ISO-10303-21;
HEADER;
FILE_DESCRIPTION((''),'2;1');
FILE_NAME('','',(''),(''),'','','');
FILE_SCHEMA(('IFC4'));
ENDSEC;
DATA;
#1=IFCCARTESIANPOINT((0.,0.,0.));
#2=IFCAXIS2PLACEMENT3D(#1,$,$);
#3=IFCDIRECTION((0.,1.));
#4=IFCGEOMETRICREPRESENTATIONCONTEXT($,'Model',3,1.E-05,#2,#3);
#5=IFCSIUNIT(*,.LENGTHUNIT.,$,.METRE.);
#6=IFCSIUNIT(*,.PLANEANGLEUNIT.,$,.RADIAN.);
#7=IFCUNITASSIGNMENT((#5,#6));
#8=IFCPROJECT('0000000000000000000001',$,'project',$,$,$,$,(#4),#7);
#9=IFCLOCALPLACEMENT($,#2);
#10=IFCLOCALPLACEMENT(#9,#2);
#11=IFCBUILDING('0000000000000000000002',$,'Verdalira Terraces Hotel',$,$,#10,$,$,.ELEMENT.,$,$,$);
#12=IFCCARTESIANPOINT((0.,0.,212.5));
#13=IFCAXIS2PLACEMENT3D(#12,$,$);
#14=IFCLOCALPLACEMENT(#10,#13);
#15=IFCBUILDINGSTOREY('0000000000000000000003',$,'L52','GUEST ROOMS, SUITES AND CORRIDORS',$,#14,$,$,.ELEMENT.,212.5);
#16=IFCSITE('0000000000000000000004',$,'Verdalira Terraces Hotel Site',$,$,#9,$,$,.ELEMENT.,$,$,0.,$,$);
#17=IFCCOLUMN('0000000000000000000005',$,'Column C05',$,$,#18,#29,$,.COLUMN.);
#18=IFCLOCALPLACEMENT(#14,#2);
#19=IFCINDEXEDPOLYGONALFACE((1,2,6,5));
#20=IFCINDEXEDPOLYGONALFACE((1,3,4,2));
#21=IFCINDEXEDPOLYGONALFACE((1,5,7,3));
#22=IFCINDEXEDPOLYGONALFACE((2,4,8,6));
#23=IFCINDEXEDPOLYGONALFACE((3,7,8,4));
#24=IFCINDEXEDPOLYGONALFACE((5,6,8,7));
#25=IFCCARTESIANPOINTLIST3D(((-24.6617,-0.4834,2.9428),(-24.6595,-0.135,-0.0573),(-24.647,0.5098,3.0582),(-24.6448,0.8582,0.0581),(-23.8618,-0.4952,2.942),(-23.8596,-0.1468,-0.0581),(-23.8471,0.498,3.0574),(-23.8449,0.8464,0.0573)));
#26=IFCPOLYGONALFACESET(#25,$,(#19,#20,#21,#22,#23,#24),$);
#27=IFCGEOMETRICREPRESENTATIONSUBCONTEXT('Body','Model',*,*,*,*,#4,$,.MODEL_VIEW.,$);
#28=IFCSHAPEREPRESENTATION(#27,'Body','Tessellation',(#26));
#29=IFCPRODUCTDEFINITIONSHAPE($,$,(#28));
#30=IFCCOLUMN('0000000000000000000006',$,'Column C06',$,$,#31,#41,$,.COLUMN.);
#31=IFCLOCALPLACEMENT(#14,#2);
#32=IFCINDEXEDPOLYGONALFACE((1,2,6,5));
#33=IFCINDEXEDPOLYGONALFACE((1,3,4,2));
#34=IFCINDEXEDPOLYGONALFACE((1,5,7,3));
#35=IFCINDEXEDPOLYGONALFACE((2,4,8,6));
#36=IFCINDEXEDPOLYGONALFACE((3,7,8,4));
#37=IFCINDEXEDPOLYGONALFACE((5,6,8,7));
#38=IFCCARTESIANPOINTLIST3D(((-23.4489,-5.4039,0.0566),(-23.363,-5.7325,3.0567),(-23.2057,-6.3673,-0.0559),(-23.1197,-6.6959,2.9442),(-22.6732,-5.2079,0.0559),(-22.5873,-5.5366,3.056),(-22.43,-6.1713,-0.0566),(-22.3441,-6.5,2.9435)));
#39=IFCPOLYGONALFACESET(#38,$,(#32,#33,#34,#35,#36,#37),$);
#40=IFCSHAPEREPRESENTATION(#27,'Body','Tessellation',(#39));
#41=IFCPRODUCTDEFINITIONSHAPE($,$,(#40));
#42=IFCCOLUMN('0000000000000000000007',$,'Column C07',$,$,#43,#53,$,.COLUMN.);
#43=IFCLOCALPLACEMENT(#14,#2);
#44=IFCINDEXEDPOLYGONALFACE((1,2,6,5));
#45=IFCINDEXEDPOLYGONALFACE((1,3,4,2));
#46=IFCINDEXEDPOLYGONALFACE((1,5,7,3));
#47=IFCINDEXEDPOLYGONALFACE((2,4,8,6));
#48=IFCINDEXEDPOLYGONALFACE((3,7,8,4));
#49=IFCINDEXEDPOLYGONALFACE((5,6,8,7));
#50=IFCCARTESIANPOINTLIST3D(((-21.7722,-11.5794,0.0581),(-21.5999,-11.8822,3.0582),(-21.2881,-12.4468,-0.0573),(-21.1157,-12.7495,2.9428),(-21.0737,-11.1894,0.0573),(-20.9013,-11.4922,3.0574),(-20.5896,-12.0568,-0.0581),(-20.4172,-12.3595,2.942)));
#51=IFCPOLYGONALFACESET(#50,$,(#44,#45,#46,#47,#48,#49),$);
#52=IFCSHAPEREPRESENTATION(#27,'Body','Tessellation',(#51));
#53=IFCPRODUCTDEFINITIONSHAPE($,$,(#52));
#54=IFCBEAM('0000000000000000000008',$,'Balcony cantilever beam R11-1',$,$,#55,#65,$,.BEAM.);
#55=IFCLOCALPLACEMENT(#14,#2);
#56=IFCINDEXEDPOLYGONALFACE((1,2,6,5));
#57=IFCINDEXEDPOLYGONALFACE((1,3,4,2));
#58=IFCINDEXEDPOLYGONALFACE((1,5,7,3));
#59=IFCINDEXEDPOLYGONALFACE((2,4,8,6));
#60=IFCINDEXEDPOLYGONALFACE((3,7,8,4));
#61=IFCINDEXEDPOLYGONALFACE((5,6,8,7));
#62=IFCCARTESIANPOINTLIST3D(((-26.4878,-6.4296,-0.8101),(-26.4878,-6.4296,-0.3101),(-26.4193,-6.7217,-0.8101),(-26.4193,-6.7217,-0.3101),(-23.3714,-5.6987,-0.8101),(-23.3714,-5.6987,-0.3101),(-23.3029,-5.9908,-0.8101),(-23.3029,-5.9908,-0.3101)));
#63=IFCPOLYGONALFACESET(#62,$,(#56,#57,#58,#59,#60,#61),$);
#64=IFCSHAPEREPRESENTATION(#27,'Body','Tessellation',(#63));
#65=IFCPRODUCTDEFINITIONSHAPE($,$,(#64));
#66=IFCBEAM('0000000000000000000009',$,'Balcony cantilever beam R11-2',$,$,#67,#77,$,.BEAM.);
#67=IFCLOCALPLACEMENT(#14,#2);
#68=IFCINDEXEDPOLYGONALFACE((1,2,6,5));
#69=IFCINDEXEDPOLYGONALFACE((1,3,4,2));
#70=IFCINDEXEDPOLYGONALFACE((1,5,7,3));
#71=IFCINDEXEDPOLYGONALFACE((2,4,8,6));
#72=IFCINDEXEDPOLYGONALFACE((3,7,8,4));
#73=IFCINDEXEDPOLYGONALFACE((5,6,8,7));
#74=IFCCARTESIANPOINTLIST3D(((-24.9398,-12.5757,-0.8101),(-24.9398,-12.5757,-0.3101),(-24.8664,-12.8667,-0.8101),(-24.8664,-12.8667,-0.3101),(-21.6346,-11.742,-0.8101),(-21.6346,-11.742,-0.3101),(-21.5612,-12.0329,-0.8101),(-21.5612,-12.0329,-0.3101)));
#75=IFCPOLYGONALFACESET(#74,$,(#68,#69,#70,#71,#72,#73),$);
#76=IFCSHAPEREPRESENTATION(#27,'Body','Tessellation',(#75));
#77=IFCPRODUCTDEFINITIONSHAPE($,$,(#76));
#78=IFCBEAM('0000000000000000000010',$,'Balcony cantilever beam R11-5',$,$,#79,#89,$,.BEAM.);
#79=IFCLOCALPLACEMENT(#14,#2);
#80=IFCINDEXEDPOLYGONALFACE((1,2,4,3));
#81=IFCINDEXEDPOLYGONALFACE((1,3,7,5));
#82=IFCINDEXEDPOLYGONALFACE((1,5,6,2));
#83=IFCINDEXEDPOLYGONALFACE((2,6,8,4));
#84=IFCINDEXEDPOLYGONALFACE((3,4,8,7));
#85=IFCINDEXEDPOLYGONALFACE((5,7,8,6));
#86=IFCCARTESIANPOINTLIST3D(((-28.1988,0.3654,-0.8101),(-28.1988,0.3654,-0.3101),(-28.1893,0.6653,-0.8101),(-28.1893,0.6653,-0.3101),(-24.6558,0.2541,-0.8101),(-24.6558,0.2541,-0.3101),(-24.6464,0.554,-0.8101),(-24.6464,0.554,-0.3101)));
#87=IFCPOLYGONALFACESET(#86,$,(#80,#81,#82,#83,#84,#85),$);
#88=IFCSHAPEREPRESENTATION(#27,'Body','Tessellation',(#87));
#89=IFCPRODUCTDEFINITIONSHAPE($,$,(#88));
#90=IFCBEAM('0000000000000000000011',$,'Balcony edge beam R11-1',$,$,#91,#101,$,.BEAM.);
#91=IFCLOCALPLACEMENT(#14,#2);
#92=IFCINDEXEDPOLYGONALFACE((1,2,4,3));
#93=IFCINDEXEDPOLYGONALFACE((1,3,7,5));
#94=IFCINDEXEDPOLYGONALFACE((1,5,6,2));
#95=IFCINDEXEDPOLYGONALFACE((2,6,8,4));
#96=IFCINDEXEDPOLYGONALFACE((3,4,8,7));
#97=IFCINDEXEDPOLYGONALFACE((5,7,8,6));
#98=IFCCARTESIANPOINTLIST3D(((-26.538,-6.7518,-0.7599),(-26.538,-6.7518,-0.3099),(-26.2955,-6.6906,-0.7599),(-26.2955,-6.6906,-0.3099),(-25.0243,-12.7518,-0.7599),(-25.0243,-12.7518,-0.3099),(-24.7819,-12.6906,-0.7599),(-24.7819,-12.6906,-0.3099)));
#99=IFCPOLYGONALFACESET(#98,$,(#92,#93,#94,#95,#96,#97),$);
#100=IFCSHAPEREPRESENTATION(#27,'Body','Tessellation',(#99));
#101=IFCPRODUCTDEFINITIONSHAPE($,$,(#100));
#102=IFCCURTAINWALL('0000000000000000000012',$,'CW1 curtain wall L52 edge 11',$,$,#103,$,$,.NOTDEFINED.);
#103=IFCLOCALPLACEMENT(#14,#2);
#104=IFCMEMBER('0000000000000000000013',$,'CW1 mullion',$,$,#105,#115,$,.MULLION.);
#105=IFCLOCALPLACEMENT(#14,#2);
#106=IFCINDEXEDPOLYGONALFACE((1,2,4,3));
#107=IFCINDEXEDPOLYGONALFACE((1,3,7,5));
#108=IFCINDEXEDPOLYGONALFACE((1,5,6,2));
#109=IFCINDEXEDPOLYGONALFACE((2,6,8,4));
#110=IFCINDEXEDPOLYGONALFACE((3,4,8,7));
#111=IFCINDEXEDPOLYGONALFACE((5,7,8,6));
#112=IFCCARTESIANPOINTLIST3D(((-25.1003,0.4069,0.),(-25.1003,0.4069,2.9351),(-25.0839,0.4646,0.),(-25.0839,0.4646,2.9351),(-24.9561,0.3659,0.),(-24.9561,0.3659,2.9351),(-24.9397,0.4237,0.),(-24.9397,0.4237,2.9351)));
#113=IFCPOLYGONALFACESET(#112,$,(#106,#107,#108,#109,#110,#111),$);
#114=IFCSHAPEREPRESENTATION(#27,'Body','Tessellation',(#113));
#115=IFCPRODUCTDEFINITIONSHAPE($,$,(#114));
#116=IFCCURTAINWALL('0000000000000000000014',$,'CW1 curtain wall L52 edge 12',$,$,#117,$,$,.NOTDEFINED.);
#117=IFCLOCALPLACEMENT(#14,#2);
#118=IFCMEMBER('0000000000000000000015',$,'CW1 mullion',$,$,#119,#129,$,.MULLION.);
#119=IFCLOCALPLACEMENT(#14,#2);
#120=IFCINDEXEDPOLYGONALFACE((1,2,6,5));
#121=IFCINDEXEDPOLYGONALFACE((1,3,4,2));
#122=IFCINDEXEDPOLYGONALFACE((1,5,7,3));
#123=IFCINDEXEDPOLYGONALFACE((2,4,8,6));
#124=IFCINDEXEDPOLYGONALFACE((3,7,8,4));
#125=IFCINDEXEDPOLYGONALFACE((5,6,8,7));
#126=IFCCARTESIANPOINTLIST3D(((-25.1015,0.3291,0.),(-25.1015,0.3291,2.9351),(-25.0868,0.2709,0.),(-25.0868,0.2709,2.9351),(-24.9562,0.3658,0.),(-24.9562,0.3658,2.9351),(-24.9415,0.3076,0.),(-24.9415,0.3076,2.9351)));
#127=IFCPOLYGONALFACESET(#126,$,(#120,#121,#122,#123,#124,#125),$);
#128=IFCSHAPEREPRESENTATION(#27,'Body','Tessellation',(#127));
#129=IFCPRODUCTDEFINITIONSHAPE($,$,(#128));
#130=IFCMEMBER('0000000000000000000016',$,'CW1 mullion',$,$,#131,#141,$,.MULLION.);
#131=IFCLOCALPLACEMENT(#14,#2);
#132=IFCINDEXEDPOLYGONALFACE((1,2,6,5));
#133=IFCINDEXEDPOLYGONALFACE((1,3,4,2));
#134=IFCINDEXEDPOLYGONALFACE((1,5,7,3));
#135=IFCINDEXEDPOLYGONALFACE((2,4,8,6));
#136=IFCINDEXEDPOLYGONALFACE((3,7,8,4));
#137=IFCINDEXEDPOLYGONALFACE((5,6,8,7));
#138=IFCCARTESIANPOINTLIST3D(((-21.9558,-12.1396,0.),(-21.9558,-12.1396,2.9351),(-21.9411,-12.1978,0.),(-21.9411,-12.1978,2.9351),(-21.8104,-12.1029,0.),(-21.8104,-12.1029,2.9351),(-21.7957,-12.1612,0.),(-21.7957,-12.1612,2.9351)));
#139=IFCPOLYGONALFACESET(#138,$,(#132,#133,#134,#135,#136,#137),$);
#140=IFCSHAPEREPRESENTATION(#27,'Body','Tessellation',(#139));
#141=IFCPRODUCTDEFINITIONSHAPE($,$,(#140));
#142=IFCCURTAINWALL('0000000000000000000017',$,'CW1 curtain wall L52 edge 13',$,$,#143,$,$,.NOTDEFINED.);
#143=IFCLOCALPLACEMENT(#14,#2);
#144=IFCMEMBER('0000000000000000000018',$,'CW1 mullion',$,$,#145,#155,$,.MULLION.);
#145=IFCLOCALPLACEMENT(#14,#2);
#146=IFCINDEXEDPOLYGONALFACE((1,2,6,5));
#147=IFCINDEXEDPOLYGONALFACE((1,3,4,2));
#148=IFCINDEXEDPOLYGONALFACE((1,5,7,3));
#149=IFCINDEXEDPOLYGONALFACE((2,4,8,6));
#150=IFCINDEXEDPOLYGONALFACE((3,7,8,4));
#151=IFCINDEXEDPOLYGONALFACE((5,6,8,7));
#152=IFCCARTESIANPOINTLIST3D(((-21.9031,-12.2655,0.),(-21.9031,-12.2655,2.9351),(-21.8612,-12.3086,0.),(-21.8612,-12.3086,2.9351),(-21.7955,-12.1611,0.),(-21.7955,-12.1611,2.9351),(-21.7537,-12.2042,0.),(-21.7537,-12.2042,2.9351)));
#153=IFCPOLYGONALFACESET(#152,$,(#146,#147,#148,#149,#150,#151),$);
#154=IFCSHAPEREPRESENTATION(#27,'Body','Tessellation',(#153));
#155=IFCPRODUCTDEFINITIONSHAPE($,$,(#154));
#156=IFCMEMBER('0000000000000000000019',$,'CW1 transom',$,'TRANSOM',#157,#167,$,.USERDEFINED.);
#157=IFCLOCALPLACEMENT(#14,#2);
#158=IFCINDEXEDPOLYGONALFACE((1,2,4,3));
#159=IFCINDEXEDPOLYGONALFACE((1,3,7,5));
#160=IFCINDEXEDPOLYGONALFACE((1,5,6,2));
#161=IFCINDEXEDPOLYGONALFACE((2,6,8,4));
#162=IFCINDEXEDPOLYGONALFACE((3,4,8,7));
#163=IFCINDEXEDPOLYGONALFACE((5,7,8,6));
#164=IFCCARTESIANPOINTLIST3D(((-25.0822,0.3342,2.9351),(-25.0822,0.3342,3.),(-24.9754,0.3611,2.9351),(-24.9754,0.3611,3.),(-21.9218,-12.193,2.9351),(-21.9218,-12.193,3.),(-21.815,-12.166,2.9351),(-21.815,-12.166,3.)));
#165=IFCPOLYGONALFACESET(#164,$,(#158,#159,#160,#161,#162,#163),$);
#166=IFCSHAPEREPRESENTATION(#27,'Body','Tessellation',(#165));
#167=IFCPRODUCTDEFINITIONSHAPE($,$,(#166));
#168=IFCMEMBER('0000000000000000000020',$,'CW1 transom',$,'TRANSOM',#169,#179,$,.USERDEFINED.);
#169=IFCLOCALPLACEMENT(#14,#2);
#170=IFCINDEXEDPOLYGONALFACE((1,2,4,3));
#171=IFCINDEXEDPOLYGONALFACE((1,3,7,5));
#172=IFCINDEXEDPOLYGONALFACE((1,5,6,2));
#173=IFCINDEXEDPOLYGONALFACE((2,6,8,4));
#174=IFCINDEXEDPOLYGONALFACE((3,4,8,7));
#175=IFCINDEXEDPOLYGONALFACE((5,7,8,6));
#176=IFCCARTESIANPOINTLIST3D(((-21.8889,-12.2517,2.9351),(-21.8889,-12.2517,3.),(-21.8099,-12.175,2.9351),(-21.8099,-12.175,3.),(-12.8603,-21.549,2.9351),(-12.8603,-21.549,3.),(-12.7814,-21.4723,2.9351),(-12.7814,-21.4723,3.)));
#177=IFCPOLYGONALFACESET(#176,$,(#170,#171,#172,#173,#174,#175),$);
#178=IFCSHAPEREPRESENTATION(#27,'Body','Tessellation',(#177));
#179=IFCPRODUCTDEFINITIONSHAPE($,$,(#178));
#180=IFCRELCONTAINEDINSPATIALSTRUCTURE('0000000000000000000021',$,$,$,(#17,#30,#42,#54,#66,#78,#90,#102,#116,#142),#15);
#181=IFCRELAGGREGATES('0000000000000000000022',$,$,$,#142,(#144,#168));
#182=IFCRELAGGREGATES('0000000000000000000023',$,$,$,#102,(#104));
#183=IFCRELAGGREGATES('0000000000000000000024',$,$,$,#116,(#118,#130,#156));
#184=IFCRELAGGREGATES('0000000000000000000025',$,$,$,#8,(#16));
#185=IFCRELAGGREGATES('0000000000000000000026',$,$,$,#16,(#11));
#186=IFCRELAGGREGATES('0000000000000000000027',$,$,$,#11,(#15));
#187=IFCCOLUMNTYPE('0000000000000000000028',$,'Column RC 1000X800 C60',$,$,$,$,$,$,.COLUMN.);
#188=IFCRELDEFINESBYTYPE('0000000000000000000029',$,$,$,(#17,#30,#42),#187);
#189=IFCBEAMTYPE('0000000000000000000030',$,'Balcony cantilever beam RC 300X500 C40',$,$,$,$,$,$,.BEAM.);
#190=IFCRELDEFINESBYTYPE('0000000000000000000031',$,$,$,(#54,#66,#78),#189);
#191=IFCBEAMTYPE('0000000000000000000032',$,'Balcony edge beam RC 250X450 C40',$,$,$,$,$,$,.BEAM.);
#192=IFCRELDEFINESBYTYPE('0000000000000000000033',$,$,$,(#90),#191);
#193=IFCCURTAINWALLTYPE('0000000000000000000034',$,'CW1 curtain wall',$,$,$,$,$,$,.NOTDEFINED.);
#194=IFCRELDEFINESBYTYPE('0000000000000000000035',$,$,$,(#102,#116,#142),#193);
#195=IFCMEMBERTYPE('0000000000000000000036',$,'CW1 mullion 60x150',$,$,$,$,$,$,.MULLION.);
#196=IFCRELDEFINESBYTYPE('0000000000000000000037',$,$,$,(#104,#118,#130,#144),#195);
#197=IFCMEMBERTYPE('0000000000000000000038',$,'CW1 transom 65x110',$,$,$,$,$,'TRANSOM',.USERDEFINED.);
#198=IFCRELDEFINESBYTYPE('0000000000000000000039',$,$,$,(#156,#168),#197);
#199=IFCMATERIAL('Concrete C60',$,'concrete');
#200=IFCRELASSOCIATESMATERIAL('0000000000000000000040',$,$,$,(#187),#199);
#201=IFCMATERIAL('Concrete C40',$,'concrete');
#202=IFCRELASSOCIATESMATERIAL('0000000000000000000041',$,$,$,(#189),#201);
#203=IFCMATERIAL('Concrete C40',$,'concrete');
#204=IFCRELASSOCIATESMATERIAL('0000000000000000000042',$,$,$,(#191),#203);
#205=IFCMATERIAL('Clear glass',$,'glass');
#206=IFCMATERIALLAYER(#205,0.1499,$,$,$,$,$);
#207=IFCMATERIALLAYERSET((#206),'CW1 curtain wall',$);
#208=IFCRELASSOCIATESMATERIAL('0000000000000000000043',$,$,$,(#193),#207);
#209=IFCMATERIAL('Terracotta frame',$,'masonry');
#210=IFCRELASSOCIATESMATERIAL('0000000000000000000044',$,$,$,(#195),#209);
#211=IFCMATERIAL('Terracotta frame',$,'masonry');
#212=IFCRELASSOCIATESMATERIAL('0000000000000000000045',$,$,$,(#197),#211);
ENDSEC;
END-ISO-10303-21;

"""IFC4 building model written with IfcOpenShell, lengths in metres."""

from ifc_helpers import new_model, si_unit, direction, frame, origin, origin_2d, place, context, subcontext, project, spatial, rectangle, extrude, material, layer, layer_set, material_profile, profile_set, type_object, element, aggregate, save


model = new_model("IFC4")

# Units and contexts
model_context = context("Model", 3, precision=1e-05, world=origin(), true_north=direction((0.0, 1.0)))
body_context = subcontext(model_context, "Body", "Model", "MODEL_VIEW")
ifc_project = project(units=[si_unit("LENGTHUNIT", "METRE"), si_unit("PLANEANGLEUNIT", "RADIAN")], contexts=[model_context])

# Site, building, storey
site_placement = place(None, origin())
site = spatial("IfcSite", under=ifc_project, at=site_placement, Name="Verdalira Terraces Hotel Site", CompositionType="ELEMENT", RefElevation=0.0)
building_placement = place(site_placement, origin())
building = spatial("IfcBuilding", under=site, at=building_placement, Name="Verdalira Terraces Hotel", CompositionType="ELEMENT")
storey_placement = place(building_placement, frame((0.0, 0.0, 212.5)))
storey = spatial("IfcBuildingStorey", under=building, at=storey_placement, Name="L52", Description="GUEST ROOMS, SUITES AND CORRIDORS", CompositionType="ELEMENT", Elevation=212.5)

# Columns
ifc_material_1 = material(Name="Concrete C60", Category="concrete")
ifc_material_profile_1 = material_profile(ifc_material_1, rectangle(XDim=1.0, YDim=0.8, at=origin_2d()), Name="RC 1000X800")
ifc_profile_set_1 = profile_set([ifc_material_profile_1], Name="Concrete C60")
column_type = type_object("IfcColumnType", Name="Column RC 1000X800 C60", PredefinedType="COLUMN", material=ifc_profile_set_1)
column_1_placement = place(storey_placement, frame((-24.2522, 0.3557, 0.0), z_axis=(-0.000728, -0.115354, 0.993324), x_axis=(0.014698, 0.993216, 0.115352)))
element("IfcColumn", 1, at=column_1_placement, inside=storey, type_object=column_type, Name="Column C05", PredefinedType="COLUMN", context=body_context, shape_type="SweptSolid", body=[
    extrude(rectangle(XDim=1.0, YDim=0.8, at=origin_2d()), origin(), (0.0, 0.0, 1.0), 3.0203),
])
column_2_placement = place(storey_placement, frame((-22.9395, -5.7876, 0.0), z_axis=(0.028464, -0.108842, 0.993651), x_axis=(0.243235, -0.963421, -0.112499)))
element("IfcColumn", 2, at=column_2_placement, inside=storey, type_object=column_type, Name="Column C06", PredefinedType="COLUMN", context=body_context, shape_type="SweptSolid", body=[
    extrude(rectangle(XDim=1.0, YDim=0.8, at=origin_2d()), origin(), (0.0, 0.0, 1.0), 3.0193),
])
column_3_placement = place(storey_placement, frame((-21.1809, -11.8181, 0.0), z_axis=(0.057071, -0.100238, 0.993325), x_axis=(-0.484131, 0.86736, 0.115342)))
element("IfcColumn", 3, at=column_3_placement, inside=storey, type_object=column_type, Name="Column C07", PredefinedType="COLUMN", context=body_context, shape_type="SweptSolid", body=[
    extrude(rectangle(XDim=1.0, YDim=0.8, at=origin_2d()), origin(), (0.0, 0.0, 1.0), 3.0203),
])

# Beams
ifc_material_2 = material(Name="Concrete C40", Category="concrete")
ifc_material_profile_2 = material_profile(ifc_material_2, rectangle(XDim=0.3, YDim=0.5, at=origin_2d()), Name="RC 300X500")
ifc_profile_set_2 = profile_set([ifc_material_profile_2], Name="Concrete C40")
beam_type_1 = type_object("IfcBeamType", Name="Balcony cantilever beam RC 300X500 C40", PredefinedType="BEAM", material=ifc_profile_set_2)
beam_1_placement = place(storey_placement, frame((-23.3372, -5.8447, -0.5601), z_axis=(-0.973579, -0.228351, 0.0), x_axis=(0.228351, -0.973579, 0.0)))
element("IfcBeam", 4, at=beam_1_placement, inside=storey, type_object=beam_type_1, Name="Balcony cantilever beam R11-1", PredefinedType="BEAM", context=body_context, shape_type="SweptSolid", body=[
    extrude(rectangle(XDim=0.3, YDim=0.5, at=origin_2d()), origin(), (0.0, 0.0, 1.0), 3.2009),
])
beam_2_placement = place(storey_placement, frame((-21.5979, -11.8875, -0.5601), z_axis=(-0.969626, -0.244591, 0.0), x_axis=(0.244591, -0.969626, 0.0)))
element("IfcBeam", 5, at=beam_2_placement, inside=storey, type_object=beam_type_1, Name="Balcony cantilever beam R11-2", PredefinedType="BEAM", context=body_context, shape_type="SweptSolid", body=[
    extrude(rectangle(XDim=0.3, YDim=0.5, at=origin_2d()), origin(), (0.0, 0.0, 1.0), 3.4087),
])
beam_3_placement = place(storey_placement, frame((-24.6511, 0.4041, -0.5601), z_axis=(-0.999507, 0.031407, 0.0), x_axis=(-0.031407, -0.999507, 0.0)))
element("IfcBeam", 6, at=beam_3_placement, inside=storey, type_object=beam_type_1, Name="Balcony cantilever beam R11-5", PredefinedType="BEAM", context=body_context, shape_type="SweptSolid", body=[
    extrude(rectangle(XDim=0.3, YDim=0.5, at=origin_2d()), origin(), (0.0, 0.0, 1.0), 3.5447),
])
ifc_material_3 = material(Name="Concrete C40", Category="concrete")
ifc_material_profile_3 = material_profile(ifc_material_3, rectangle(XDim=0.25, YDim=0.45, at=origin_2d()), Name="RC 250X450")
ifc_profile_set_3 = profile_set([ifc_material_profile_3], Name="Concrete C40")
beam_type_2 = type_object("IfcBeamType", Name="Balcony edge beam RC 250X450 C40", PredefinedType="BEAM", material=ifc_profile_set_3)
beam_4_placement = place(storey_placement, frame((-26.4167, -6.7212, -0.5349), z_axis=(0.244615, -0.96962, 0.0), x_axis=(0.96962, 0.244615, 0.0)))
element("IfcBeam", 7, at=beam_4_placement, inside=storey, type_object=beam_type_2, Name="Balcony edge beam R11-1", PredefinedType="BEAM", context=body_context, shape_type="SweptSolid", body=[
    extrude(rectangle(XDim=0.25, YDim=0.45, at=origin_2d()), origin(), (0.0, 0.0, 1.0), 6.188),
])

# Curtain wall, member
ifc_material_4 = material(Name="Clear glass", Category="glass")
ifc_layer_1 = layer(ifc_material_4, 0.1499)
ifc_layer_set_1 = layer_set([ifc_layer_1], Name="CW1 curtain wall")
curtain_wall_type = type_object("IfcCurtainWallType", Name="CW1 curtain wall", PredefinedType="NOTDEFINED", material=ifc_layer_set_1)
curtain_wall_1_placement = place(storey_placement, origin())
curtain_wall_1 = element("IfcCurtainWall", 8, at=curtain_wall_1_placement, inside=storey, type_object=curtain_wall_type, Name="CW1 curtain wall L52 edge 11", PredefinedType="NOTDEFINED")
ifc_material_5 = material(Name="Terracotta frame", Category="masonry")
ifc_material_profile_4 = material_profile(ifc_material_5, rectangle(XDim=0.0601, YDim=0.1499, at=origin_2d()), Name="MU 60x150")
ifc_profile_set_4 = profile_set([ifc_material_profile_4], Name="Terracotta frame")
member_type_1 = type_object("IfcMemberType", Name="CW1 mullion 60x150", PredefinedType="MULLION", material=ifc_profile_set_4)
member_1_placement = place(storey_placement, frame((-25.02, 0.4153, 0.0), z_axis=(0.0, 0.0, 1.0), x_axis=(-0.272952, -0.962028, 0.0)))
member_1 = element("IfcMember", 9, at=member_1_placement, type_object=member_type_1, Name="CW1 mullion", PredefinedType="MULLION", context=body_context, shape_type="SweptSolid", body=[
    extrude(rectangle(XDim=0.0601, YDim=0.1499, at=origin_2d()), origin(), (0.0, 0.0, 1.0), 2.9351),
])

# Curtain wall, members
curtain_wall_2_placement = place(storey_placement, origin())
curtain_wall_2 = element("IfcCurtainWall", 10, at=curtain_wall_2_placement, inside=storey, type_object=curtain_wall_type, Name="CW1 curtain wall L52 edge 12", PredefinedType="NOTDEFINED")
member_2_placement = place(storey_placement, frame((-25.0215, 0.3184, 0.0), z_axis=(0.0, 0.0, 1.0), x_axis=(0.244631, -0.969616, 0.0)))
member_2 = element("IfcMember", 11, at=member_2_placement, type_object=member_type_1, Name="CW1 mullion", PredefinedType="MULLION", context=body_context, shape_type="SweptSolid", body=[
    extrude(rectangle(XDim=0.0601, YDim=0.1499, at=origin_2d()), origin(), (0.0, 0.0, 1.0), 2.9351),
])
member_3_placement = place(storey_placement, frame((-21.8757, -12.1504, 0.0), z_axis=(0.0, 0.0, 1.0), x_axis=(0.244631, -0.969616, 0.0)))
member_3 = element("IfcMember", 12, at=member_3_placement, type_object=member_type_1, Name="CW1 mullion", PredefinedType="MULLION", context=body_context, shape_type="SweptSolid", body=[
    extrude(rectangle(XDim=0.0601, YDim=0.1499, at=origin_2d()), origin(), (0.0, 0.0, 1.0), 2.9351),
])

# Curtain wall, member
curtain_wall_3_placement = place(storey_placement, origin())
curtain_wall_3 = element("IfcCurtainWall", 13, at=curtain_wall_3_placement, inside=storey, type_object=curtain_wall_type, Name="CW1 curtain wall L52 edge 13", PredefinedType="NOTDEFINED")
member_4_placement = place(storey_placement, frame((-21.8284, -12.2349, 0.0), z_axis=(0.0, 0.0, 1.0), x_axis=(0.696664, -0.717397, 0.0)))
member_4 = element("IfcMember", 14, at=member_4_placement, type_object=member_type_1, Name="CW1 mullion", PredefinedType="MULLION", context=body_context, shape_type="SweptSolid", body=[
    extrude(rectangle(XDim=0.0601, YDim=0.1499, at=origin_2d()), origin(), (0.0, 0.0, 1.0), 2.9351),
])

# Members
ifc_material_6 = material(Name="Terracotta frame", Category="masonry")
ifc_material_profile_5 = material_profile(ifc_material_6, rectangle(XDim=0.1101, YDim=0.0649, at=origin_2d()), Name="TR 65x110")
ifc_profile_set_5 = profile_set([ifc_material_profile_5], Name="Terracotta frame")
member_type_2 = type_object("IfcMemberType", Name="CW1 transom 65x110", ElementType="TRANSOM", PredefinedType="USERDEFINED", material=ifc_profile_set_5)
member_5_placement = place(storey_placement, frame((-25.0288, 0.3477, 2.9675), z_axis=(0.24462, -0.969619, 0.0), x_axis=(0.969619, 0.24462, 0.0)))
member_5 = element("IfcMember", 15, at=member_5_placement, type_object=member_type_2, Name="CW1 transom", ObjectType="TRANSOM", PredefinedType="USERDEFINED", context=body_context, shape_type="SweptSolid", body=[
    extrude(rectangle(XDim=0.1101, YDim=0.0649, at=origin_2d()), origin(), (0.0, 0.0, 1.0), 12.9197),
])
member_6_placement = place(storey_placement, frame((-21.8494, -12.2134, 2.9675), z_axis=(0.69666, -0.717401, 0.0), x_axis=(0.717401, 0.69666, 0.0)))
member_6 = element("IfcMember", 16, at=member_6_placement, type_object=member_type_2, Name="CW1 transom", ObjectType="TRANSOM", PredefinedType="USERDEFINED", context=body_context, shape_type="SweptSolid", body=[
    extrude(rectangle(XDim=0.1101, YDim=0.0649, at=origin_2d()), origin(), (0.0, 0.0, 1.0), 12.9597),
])
aggregate(curtain_wall_3, [member_4, member_6])

aggregate(curtain_wall_1, [member_1])
aggregate(curtain_wall_2, [member_2, member_3, member_5])

save(model, "model.ifc")
